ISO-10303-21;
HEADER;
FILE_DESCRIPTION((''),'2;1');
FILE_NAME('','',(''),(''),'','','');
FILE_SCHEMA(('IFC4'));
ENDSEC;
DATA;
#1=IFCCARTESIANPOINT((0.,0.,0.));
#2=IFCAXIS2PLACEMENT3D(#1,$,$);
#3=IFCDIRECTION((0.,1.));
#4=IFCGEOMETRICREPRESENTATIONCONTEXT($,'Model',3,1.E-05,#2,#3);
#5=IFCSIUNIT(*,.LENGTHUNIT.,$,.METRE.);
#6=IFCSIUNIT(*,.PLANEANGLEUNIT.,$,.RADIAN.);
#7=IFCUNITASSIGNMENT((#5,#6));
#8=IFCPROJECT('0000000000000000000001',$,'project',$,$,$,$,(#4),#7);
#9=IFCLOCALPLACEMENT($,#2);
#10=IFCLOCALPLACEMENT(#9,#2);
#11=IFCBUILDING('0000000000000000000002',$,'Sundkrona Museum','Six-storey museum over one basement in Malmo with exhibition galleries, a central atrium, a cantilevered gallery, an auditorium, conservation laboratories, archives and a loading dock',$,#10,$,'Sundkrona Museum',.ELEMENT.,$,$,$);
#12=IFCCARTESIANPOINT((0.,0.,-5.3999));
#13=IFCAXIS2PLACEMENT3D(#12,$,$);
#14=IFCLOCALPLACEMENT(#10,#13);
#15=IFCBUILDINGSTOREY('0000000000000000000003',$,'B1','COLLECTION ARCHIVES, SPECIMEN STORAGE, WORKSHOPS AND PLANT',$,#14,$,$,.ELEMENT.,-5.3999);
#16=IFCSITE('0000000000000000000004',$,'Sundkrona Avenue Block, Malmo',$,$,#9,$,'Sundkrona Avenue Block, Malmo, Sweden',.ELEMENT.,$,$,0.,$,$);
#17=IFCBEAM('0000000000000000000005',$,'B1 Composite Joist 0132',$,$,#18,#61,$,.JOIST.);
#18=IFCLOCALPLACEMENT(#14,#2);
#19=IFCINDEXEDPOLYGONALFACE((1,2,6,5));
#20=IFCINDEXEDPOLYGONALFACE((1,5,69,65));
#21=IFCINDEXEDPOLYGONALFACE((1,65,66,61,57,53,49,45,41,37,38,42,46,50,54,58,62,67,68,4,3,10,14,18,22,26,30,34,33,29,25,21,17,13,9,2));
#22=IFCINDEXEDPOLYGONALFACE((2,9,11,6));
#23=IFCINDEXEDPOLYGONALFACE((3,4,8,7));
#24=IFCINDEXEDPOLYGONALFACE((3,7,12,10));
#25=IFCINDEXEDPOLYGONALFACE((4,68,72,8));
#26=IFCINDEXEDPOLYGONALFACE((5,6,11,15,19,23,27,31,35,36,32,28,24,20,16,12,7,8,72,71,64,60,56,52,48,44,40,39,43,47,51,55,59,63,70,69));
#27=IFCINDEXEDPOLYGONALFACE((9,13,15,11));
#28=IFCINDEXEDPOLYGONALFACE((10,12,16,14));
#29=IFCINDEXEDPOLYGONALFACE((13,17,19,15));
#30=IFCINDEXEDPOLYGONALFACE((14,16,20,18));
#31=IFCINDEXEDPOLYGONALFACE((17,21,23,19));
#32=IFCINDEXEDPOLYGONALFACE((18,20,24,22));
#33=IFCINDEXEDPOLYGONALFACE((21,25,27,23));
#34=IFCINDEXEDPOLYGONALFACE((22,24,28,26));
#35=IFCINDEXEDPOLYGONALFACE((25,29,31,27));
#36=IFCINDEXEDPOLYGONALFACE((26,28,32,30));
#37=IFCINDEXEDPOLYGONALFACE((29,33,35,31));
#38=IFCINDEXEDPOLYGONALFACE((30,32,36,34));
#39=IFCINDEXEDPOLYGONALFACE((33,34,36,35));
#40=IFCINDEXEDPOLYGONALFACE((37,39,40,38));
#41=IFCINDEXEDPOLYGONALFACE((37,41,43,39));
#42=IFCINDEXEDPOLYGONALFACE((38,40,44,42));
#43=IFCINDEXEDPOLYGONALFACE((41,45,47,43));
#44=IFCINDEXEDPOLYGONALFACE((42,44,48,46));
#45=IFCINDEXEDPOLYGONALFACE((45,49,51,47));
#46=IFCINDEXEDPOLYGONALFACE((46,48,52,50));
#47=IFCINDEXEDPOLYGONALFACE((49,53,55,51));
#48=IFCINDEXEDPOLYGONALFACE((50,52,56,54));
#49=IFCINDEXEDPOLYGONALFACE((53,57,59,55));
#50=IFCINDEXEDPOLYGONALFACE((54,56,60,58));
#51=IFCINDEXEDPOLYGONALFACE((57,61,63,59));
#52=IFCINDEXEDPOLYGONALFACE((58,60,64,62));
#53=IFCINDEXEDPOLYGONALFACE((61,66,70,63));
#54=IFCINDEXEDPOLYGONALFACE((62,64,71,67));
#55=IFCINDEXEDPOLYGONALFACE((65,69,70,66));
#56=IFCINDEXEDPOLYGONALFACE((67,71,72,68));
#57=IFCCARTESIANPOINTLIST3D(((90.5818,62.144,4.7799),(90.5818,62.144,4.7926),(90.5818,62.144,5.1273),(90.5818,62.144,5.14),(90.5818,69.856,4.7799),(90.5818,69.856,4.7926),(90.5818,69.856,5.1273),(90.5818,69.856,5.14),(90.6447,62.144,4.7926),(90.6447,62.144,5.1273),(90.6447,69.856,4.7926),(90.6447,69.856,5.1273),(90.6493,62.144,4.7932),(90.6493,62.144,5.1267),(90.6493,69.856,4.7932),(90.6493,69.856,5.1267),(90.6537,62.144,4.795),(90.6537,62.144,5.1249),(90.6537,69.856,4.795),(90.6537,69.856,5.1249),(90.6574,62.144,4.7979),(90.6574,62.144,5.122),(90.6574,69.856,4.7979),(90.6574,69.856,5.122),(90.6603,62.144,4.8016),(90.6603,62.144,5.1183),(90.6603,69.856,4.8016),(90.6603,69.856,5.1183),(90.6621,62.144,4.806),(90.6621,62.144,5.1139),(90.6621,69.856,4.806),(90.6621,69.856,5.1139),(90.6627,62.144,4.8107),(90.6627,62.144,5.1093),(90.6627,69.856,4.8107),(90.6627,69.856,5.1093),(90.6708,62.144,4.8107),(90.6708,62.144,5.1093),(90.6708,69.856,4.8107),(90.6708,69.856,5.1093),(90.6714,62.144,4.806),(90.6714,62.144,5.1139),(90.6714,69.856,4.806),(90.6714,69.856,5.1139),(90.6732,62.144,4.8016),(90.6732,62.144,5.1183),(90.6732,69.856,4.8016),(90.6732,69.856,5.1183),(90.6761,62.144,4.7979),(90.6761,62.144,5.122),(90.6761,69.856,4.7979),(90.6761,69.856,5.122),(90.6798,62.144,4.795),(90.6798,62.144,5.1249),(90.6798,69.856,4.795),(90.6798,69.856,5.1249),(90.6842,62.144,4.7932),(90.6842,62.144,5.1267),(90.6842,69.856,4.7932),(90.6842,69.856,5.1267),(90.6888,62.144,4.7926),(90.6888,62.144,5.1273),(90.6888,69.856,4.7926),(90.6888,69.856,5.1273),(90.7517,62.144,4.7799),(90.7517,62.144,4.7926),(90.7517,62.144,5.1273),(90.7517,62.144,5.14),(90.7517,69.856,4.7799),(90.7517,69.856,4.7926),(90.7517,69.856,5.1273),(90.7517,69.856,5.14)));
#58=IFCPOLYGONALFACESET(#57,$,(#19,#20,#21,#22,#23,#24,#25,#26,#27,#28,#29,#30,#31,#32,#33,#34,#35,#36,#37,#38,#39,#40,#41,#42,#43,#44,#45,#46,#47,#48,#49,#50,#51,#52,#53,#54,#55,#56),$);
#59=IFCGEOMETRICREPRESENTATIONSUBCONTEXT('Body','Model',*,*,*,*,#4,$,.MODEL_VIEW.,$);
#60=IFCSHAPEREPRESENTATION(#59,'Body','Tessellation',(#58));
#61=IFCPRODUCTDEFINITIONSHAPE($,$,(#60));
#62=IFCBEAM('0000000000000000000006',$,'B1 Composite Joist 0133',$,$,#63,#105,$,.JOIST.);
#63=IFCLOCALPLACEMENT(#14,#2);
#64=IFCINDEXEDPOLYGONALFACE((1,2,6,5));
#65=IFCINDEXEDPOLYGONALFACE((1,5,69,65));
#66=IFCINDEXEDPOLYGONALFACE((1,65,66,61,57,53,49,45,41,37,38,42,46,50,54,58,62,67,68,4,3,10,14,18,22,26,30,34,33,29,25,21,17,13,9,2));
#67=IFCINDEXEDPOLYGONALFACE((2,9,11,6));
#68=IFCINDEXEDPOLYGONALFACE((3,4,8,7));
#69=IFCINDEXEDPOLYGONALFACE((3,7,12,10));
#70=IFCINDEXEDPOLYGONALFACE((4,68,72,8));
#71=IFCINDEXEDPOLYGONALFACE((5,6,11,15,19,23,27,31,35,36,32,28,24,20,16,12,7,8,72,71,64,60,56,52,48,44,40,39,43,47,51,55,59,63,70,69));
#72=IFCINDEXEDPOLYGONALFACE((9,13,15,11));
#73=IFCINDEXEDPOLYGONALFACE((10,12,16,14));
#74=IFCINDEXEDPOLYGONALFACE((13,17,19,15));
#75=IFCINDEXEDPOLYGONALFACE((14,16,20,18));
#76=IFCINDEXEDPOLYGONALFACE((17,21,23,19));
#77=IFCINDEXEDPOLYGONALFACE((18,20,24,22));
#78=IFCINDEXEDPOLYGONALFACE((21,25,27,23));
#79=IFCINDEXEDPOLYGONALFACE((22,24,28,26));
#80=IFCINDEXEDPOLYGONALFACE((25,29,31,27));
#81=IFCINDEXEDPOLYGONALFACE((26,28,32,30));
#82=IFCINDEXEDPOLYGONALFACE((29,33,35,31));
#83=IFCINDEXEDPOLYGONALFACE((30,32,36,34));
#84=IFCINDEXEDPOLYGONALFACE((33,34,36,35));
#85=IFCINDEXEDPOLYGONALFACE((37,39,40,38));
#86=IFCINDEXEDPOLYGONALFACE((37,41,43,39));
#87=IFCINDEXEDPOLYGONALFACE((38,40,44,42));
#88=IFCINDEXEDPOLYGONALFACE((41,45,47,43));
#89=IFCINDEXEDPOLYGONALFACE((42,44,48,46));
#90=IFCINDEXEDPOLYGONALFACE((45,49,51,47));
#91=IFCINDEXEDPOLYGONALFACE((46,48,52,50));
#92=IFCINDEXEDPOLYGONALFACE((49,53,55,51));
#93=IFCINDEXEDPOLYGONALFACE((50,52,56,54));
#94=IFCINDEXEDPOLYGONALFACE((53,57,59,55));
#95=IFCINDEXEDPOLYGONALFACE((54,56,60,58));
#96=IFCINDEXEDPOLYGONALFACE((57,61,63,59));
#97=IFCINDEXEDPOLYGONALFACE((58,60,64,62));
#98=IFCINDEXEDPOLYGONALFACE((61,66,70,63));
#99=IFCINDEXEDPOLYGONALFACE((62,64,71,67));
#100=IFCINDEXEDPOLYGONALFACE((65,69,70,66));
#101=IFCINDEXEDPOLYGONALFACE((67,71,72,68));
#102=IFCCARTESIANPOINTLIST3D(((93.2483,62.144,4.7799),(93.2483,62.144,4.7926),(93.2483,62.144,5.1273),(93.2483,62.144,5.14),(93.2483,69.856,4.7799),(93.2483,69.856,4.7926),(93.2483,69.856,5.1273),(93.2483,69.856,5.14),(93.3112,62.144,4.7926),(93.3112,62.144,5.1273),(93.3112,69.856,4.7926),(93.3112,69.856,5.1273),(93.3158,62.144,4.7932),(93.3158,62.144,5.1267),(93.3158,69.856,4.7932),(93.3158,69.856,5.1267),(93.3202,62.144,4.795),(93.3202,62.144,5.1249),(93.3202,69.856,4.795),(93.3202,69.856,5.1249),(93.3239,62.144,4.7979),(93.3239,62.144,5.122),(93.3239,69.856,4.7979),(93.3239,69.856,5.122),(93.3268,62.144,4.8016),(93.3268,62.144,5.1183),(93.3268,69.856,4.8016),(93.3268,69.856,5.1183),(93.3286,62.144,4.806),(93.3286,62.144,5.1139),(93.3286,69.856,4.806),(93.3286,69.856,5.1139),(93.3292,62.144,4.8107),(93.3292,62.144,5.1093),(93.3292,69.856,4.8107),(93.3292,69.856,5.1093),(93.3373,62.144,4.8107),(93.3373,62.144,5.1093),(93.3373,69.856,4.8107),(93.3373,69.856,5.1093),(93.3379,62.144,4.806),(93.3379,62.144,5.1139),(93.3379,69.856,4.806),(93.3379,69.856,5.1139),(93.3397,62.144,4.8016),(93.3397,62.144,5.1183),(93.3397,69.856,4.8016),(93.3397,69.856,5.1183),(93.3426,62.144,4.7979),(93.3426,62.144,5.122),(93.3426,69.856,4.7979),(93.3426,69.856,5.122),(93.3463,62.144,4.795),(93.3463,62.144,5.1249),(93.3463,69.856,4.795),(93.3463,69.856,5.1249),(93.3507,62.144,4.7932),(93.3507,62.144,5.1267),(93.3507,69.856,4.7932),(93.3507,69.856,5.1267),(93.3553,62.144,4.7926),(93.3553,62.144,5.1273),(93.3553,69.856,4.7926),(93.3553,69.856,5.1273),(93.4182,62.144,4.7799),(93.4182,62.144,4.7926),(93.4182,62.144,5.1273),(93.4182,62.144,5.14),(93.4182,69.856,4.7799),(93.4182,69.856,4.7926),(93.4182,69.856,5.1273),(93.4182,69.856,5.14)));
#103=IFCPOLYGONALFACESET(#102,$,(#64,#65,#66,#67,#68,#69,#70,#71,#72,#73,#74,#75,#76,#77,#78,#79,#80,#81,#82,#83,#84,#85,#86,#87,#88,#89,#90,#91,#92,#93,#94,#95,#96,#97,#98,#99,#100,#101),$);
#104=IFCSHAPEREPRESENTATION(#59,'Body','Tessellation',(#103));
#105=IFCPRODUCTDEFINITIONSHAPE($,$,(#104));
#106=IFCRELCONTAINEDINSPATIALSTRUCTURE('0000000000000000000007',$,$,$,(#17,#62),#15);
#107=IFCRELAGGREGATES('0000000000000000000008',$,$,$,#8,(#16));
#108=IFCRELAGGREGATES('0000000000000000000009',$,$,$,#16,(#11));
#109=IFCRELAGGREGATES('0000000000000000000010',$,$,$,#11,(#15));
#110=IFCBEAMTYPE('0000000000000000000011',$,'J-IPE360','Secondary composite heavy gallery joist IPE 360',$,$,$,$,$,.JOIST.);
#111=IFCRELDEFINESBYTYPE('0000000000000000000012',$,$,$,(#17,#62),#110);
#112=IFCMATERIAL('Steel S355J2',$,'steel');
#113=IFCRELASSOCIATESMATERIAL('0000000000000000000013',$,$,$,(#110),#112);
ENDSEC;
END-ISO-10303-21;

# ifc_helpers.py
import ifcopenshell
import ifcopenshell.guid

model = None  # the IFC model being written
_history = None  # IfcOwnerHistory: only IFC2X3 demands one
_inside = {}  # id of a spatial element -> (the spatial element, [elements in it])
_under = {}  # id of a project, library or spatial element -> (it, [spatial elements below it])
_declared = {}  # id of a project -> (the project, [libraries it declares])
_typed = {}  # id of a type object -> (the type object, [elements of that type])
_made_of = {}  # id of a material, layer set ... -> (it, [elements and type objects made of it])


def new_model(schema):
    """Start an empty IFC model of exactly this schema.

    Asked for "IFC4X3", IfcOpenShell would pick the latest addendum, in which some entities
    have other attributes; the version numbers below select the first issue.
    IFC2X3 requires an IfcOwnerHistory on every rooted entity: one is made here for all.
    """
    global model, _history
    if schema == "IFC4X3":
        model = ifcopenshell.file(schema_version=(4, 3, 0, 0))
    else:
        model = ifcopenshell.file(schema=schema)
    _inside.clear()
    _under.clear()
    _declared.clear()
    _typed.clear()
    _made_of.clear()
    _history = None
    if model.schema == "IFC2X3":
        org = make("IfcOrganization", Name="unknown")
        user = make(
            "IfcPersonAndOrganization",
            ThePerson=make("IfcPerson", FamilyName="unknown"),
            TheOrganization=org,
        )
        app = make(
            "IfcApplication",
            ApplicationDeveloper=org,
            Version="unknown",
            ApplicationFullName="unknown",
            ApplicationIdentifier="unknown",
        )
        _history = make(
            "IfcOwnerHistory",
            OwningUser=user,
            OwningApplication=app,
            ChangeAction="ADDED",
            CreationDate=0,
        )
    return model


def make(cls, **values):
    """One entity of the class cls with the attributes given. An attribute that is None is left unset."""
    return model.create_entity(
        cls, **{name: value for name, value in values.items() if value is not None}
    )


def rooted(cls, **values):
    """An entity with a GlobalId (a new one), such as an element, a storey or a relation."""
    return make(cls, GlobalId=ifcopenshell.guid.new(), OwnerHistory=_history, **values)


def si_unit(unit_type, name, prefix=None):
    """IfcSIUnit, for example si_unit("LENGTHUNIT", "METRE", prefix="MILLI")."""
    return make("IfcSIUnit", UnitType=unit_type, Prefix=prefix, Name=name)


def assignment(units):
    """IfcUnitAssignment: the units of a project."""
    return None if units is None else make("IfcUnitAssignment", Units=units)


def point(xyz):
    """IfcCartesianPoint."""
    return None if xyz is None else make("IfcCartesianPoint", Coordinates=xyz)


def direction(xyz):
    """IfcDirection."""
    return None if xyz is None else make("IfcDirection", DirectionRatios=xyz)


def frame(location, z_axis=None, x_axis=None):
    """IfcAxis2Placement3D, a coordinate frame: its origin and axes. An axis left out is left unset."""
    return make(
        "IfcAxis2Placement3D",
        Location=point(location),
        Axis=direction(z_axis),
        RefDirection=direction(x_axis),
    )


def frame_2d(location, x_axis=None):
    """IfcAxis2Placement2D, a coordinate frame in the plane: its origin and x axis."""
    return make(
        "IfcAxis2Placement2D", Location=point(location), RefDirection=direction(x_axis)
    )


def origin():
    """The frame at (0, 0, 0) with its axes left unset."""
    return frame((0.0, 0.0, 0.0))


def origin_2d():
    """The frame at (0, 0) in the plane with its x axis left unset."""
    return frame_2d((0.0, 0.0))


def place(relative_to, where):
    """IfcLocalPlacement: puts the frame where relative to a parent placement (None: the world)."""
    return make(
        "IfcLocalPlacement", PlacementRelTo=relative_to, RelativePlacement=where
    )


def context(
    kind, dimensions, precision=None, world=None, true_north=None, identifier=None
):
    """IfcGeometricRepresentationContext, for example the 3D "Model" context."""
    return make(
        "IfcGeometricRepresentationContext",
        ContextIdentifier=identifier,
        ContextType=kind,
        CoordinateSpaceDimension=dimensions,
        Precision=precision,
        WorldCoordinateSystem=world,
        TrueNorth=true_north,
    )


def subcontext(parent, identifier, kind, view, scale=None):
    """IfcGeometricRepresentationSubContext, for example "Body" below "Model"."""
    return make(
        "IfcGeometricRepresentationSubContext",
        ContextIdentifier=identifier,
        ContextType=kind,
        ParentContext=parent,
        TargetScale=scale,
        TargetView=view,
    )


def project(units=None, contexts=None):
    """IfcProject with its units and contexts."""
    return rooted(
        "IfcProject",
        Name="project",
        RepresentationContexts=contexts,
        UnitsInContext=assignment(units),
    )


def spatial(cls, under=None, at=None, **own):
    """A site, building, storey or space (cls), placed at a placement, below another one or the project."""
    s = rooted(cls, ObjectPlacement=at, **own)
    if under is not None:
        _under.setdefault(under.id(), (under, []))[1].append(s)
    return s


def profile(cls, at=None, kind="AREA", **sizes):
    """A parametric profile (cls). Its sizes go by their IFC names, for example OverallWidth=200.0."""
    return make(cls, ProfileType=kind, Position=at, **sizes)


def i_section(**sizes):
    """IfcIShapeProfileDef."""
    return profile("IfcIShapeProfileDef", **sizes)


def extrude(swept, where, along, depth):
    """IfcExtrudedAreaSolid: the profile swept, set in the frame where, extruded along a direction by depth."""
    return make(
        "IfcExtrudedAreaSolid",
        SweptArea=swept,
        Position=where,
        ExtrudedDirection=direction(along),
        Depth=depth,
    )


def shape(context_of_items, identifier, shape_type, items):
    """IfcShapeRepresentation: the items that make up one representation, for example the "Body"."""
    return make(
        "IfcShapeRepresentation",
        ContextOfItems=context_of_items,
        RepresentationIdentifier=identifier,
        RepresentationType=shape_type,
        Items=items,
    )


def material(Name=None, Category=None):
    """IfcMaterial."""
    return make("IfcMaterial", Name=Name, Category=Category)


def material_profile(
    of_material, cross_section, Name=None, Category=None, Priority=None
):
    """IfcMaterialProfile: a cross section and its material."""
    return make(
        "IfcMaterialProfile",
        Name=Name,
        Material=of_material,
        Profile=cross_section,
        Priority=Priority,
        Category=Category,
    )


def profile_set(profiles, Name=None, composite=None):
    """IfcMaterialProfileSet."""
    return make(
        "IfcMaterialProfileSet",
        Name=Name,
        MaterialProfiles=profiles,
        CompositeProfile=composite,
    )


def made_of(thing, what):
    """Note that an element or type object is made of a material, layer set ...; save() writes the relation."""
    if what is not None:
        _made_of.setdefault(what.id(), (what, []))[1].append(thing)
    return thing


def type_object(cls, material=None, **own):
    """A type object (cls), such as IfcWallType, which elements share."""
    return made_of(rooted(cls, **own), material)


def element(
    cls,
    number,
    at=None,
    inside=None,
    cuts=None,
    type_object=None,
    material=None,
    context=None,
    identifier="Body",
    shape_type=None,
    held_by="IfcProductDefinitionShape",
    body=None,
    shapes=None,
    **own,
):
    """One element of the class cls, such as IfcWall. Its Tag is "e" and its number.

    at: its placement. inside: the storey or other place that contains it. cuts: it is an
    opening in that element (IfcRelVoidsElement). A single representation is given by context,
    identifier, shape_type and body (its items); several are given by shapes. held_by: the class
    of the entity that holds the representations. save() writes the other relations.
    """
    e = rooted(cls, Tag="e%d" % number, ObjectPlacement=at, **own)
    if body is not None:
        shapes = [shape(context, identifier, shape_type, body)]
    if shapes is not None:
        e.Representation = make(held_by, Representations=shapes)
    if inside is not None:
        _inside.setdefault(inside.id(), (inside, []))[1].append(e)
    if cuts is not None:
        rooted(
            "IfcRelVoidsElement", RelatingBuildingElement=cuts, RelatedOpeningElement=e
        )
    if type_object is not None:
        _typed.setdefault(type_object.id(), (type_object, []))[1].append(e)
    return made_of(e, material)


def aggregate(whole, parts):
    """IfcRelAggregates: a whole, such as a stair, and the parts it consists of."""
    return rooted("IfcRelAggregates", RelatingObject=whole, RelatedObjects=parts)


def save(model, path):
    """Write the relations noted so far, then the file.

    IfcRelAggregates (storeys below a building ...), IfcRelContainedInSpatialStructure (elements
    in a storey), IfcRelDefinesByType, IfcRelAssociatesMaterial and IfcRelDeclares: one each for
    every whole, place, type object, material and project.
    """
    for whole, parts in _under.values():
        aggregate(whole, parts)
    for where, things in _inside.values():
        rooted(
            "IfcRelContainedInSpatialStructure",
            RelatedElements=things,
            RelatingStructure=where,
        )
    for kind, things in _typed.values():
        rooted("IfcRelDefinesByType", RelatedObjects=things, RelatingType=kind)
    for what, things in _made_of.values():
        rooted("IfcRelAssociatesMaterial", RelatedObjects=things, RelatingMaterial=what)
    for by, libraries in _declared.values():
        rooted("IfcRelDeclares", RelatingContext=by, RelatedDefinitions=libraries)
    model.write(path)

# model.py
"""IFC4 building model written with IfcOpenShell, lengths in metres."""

from ifc_helpers import new_model, si_unit, direction, frame, origin, origin_2d, place, context, subcontext, project, spatial, i_section, extrude, material, material_profile, profile_set, type_object, element, save


model = new_model("IFC4")

# Units and contexts
model_context = context("Model", 3, precision=1e-05, world=origin(), true_north=direction((0.0, 1.0)))
body_context = subcontext(model_context, "Body", "Model", "MODEL_VIEW")
ifc_project = project(units=[si_unit("LENGTHUNIT", "METRE"), si_unit("PLANEANGLEUNIT", "RADIAN")], contexts=[model_context])

# Site, building, storey
site_placement = place(None, origin())
site = spatial("IfcSite", under=ifc_project, at=site_placement, Name="Sundkrona Avenue Block, Malmo", LongName="Sundkrona Avenue Block, Malmo, Sweden", CompositionType="ELEMENT", RefElevation=0.0)
building_placement = place(site_placement, origin())
building = spatial("IfcBuilding", under=site, at=building_placement, Name="Sundkrona Museum", Description="Six-storey museum over one basement in Malmo with exhibition galleries, a central atrium, a cantilevered gallery, an auditorium, conservation laboratories, archives and a loading dock", LongName="Sundkrona Museum", CompositionType="ELEMENT")
storey_placement = place(building_placement, frame((0.0, 0.0, -5.3999)))
storey = spatial("IfcBuildingStorey", under=building, at=storey_placement, Name="B1", Description="COLLECTION ARCHIVES, SPECIMEN STORAGE, WORKSHOPS AND PLANT", CompositionType="ELEMENT", Elevation=-5.3999)

# Beams
ifc_material_1 = material(Name="Steel S355J2", Category="steel")
ifc_material_profile_1 = material_profile(ifc_material_1, i_section(OverallWidth=0.1699, OverallDepth=0.3601, WebThickness=0.0081, FlangeThickness=0.0127, FilletRadius=0.0181, at=origin_2d()), Name="IPE 360")
ifc_profile_set_1 = profile_set([ifc_material_profile_1], Name="Steel S355J2")
beam_type_1 = type_object("IfcBeamType", Name="J-IPE360", Description="Secondary composite heavy gallery joist IPE 360", PredefinedType="JOIST", material=ifc_profile_set_1)
for number, where, z_axis, x_axis, name in (
    (1, (90.6667, 62.144, 4.96), (0.0, 1.0, 0.0), (-1.0, 0.0, 0.0), "B1 Composite Joist 0132"),
    (2, (93.3333, 62.144, 4.96), (0.0, 1.0, 0.0), (-1.0, 0.0, 0.0), "B1 Composite Joist 0133"),
):
    element("IfcBeam", number, at=place(storey_placement, frame(where, z_axis=z_axis, x_axis=x_axis)), inside=storey, type_object=beam_type_1, Name=name, PredefinedType="JOIST", context=body_context, shape_type="SweptSolid", body=[
        extrude(i_section(OverallWidth=0.1699, OverallDepth=0.3601, WebThickness=0.0081, FlangeThickness=0.0127, FilletRadius=0.0181, at=origin_2d()), origin(), (0.0, 0.0, 1.0), 7.7119),
    ])

save(model, "model.ifc")
